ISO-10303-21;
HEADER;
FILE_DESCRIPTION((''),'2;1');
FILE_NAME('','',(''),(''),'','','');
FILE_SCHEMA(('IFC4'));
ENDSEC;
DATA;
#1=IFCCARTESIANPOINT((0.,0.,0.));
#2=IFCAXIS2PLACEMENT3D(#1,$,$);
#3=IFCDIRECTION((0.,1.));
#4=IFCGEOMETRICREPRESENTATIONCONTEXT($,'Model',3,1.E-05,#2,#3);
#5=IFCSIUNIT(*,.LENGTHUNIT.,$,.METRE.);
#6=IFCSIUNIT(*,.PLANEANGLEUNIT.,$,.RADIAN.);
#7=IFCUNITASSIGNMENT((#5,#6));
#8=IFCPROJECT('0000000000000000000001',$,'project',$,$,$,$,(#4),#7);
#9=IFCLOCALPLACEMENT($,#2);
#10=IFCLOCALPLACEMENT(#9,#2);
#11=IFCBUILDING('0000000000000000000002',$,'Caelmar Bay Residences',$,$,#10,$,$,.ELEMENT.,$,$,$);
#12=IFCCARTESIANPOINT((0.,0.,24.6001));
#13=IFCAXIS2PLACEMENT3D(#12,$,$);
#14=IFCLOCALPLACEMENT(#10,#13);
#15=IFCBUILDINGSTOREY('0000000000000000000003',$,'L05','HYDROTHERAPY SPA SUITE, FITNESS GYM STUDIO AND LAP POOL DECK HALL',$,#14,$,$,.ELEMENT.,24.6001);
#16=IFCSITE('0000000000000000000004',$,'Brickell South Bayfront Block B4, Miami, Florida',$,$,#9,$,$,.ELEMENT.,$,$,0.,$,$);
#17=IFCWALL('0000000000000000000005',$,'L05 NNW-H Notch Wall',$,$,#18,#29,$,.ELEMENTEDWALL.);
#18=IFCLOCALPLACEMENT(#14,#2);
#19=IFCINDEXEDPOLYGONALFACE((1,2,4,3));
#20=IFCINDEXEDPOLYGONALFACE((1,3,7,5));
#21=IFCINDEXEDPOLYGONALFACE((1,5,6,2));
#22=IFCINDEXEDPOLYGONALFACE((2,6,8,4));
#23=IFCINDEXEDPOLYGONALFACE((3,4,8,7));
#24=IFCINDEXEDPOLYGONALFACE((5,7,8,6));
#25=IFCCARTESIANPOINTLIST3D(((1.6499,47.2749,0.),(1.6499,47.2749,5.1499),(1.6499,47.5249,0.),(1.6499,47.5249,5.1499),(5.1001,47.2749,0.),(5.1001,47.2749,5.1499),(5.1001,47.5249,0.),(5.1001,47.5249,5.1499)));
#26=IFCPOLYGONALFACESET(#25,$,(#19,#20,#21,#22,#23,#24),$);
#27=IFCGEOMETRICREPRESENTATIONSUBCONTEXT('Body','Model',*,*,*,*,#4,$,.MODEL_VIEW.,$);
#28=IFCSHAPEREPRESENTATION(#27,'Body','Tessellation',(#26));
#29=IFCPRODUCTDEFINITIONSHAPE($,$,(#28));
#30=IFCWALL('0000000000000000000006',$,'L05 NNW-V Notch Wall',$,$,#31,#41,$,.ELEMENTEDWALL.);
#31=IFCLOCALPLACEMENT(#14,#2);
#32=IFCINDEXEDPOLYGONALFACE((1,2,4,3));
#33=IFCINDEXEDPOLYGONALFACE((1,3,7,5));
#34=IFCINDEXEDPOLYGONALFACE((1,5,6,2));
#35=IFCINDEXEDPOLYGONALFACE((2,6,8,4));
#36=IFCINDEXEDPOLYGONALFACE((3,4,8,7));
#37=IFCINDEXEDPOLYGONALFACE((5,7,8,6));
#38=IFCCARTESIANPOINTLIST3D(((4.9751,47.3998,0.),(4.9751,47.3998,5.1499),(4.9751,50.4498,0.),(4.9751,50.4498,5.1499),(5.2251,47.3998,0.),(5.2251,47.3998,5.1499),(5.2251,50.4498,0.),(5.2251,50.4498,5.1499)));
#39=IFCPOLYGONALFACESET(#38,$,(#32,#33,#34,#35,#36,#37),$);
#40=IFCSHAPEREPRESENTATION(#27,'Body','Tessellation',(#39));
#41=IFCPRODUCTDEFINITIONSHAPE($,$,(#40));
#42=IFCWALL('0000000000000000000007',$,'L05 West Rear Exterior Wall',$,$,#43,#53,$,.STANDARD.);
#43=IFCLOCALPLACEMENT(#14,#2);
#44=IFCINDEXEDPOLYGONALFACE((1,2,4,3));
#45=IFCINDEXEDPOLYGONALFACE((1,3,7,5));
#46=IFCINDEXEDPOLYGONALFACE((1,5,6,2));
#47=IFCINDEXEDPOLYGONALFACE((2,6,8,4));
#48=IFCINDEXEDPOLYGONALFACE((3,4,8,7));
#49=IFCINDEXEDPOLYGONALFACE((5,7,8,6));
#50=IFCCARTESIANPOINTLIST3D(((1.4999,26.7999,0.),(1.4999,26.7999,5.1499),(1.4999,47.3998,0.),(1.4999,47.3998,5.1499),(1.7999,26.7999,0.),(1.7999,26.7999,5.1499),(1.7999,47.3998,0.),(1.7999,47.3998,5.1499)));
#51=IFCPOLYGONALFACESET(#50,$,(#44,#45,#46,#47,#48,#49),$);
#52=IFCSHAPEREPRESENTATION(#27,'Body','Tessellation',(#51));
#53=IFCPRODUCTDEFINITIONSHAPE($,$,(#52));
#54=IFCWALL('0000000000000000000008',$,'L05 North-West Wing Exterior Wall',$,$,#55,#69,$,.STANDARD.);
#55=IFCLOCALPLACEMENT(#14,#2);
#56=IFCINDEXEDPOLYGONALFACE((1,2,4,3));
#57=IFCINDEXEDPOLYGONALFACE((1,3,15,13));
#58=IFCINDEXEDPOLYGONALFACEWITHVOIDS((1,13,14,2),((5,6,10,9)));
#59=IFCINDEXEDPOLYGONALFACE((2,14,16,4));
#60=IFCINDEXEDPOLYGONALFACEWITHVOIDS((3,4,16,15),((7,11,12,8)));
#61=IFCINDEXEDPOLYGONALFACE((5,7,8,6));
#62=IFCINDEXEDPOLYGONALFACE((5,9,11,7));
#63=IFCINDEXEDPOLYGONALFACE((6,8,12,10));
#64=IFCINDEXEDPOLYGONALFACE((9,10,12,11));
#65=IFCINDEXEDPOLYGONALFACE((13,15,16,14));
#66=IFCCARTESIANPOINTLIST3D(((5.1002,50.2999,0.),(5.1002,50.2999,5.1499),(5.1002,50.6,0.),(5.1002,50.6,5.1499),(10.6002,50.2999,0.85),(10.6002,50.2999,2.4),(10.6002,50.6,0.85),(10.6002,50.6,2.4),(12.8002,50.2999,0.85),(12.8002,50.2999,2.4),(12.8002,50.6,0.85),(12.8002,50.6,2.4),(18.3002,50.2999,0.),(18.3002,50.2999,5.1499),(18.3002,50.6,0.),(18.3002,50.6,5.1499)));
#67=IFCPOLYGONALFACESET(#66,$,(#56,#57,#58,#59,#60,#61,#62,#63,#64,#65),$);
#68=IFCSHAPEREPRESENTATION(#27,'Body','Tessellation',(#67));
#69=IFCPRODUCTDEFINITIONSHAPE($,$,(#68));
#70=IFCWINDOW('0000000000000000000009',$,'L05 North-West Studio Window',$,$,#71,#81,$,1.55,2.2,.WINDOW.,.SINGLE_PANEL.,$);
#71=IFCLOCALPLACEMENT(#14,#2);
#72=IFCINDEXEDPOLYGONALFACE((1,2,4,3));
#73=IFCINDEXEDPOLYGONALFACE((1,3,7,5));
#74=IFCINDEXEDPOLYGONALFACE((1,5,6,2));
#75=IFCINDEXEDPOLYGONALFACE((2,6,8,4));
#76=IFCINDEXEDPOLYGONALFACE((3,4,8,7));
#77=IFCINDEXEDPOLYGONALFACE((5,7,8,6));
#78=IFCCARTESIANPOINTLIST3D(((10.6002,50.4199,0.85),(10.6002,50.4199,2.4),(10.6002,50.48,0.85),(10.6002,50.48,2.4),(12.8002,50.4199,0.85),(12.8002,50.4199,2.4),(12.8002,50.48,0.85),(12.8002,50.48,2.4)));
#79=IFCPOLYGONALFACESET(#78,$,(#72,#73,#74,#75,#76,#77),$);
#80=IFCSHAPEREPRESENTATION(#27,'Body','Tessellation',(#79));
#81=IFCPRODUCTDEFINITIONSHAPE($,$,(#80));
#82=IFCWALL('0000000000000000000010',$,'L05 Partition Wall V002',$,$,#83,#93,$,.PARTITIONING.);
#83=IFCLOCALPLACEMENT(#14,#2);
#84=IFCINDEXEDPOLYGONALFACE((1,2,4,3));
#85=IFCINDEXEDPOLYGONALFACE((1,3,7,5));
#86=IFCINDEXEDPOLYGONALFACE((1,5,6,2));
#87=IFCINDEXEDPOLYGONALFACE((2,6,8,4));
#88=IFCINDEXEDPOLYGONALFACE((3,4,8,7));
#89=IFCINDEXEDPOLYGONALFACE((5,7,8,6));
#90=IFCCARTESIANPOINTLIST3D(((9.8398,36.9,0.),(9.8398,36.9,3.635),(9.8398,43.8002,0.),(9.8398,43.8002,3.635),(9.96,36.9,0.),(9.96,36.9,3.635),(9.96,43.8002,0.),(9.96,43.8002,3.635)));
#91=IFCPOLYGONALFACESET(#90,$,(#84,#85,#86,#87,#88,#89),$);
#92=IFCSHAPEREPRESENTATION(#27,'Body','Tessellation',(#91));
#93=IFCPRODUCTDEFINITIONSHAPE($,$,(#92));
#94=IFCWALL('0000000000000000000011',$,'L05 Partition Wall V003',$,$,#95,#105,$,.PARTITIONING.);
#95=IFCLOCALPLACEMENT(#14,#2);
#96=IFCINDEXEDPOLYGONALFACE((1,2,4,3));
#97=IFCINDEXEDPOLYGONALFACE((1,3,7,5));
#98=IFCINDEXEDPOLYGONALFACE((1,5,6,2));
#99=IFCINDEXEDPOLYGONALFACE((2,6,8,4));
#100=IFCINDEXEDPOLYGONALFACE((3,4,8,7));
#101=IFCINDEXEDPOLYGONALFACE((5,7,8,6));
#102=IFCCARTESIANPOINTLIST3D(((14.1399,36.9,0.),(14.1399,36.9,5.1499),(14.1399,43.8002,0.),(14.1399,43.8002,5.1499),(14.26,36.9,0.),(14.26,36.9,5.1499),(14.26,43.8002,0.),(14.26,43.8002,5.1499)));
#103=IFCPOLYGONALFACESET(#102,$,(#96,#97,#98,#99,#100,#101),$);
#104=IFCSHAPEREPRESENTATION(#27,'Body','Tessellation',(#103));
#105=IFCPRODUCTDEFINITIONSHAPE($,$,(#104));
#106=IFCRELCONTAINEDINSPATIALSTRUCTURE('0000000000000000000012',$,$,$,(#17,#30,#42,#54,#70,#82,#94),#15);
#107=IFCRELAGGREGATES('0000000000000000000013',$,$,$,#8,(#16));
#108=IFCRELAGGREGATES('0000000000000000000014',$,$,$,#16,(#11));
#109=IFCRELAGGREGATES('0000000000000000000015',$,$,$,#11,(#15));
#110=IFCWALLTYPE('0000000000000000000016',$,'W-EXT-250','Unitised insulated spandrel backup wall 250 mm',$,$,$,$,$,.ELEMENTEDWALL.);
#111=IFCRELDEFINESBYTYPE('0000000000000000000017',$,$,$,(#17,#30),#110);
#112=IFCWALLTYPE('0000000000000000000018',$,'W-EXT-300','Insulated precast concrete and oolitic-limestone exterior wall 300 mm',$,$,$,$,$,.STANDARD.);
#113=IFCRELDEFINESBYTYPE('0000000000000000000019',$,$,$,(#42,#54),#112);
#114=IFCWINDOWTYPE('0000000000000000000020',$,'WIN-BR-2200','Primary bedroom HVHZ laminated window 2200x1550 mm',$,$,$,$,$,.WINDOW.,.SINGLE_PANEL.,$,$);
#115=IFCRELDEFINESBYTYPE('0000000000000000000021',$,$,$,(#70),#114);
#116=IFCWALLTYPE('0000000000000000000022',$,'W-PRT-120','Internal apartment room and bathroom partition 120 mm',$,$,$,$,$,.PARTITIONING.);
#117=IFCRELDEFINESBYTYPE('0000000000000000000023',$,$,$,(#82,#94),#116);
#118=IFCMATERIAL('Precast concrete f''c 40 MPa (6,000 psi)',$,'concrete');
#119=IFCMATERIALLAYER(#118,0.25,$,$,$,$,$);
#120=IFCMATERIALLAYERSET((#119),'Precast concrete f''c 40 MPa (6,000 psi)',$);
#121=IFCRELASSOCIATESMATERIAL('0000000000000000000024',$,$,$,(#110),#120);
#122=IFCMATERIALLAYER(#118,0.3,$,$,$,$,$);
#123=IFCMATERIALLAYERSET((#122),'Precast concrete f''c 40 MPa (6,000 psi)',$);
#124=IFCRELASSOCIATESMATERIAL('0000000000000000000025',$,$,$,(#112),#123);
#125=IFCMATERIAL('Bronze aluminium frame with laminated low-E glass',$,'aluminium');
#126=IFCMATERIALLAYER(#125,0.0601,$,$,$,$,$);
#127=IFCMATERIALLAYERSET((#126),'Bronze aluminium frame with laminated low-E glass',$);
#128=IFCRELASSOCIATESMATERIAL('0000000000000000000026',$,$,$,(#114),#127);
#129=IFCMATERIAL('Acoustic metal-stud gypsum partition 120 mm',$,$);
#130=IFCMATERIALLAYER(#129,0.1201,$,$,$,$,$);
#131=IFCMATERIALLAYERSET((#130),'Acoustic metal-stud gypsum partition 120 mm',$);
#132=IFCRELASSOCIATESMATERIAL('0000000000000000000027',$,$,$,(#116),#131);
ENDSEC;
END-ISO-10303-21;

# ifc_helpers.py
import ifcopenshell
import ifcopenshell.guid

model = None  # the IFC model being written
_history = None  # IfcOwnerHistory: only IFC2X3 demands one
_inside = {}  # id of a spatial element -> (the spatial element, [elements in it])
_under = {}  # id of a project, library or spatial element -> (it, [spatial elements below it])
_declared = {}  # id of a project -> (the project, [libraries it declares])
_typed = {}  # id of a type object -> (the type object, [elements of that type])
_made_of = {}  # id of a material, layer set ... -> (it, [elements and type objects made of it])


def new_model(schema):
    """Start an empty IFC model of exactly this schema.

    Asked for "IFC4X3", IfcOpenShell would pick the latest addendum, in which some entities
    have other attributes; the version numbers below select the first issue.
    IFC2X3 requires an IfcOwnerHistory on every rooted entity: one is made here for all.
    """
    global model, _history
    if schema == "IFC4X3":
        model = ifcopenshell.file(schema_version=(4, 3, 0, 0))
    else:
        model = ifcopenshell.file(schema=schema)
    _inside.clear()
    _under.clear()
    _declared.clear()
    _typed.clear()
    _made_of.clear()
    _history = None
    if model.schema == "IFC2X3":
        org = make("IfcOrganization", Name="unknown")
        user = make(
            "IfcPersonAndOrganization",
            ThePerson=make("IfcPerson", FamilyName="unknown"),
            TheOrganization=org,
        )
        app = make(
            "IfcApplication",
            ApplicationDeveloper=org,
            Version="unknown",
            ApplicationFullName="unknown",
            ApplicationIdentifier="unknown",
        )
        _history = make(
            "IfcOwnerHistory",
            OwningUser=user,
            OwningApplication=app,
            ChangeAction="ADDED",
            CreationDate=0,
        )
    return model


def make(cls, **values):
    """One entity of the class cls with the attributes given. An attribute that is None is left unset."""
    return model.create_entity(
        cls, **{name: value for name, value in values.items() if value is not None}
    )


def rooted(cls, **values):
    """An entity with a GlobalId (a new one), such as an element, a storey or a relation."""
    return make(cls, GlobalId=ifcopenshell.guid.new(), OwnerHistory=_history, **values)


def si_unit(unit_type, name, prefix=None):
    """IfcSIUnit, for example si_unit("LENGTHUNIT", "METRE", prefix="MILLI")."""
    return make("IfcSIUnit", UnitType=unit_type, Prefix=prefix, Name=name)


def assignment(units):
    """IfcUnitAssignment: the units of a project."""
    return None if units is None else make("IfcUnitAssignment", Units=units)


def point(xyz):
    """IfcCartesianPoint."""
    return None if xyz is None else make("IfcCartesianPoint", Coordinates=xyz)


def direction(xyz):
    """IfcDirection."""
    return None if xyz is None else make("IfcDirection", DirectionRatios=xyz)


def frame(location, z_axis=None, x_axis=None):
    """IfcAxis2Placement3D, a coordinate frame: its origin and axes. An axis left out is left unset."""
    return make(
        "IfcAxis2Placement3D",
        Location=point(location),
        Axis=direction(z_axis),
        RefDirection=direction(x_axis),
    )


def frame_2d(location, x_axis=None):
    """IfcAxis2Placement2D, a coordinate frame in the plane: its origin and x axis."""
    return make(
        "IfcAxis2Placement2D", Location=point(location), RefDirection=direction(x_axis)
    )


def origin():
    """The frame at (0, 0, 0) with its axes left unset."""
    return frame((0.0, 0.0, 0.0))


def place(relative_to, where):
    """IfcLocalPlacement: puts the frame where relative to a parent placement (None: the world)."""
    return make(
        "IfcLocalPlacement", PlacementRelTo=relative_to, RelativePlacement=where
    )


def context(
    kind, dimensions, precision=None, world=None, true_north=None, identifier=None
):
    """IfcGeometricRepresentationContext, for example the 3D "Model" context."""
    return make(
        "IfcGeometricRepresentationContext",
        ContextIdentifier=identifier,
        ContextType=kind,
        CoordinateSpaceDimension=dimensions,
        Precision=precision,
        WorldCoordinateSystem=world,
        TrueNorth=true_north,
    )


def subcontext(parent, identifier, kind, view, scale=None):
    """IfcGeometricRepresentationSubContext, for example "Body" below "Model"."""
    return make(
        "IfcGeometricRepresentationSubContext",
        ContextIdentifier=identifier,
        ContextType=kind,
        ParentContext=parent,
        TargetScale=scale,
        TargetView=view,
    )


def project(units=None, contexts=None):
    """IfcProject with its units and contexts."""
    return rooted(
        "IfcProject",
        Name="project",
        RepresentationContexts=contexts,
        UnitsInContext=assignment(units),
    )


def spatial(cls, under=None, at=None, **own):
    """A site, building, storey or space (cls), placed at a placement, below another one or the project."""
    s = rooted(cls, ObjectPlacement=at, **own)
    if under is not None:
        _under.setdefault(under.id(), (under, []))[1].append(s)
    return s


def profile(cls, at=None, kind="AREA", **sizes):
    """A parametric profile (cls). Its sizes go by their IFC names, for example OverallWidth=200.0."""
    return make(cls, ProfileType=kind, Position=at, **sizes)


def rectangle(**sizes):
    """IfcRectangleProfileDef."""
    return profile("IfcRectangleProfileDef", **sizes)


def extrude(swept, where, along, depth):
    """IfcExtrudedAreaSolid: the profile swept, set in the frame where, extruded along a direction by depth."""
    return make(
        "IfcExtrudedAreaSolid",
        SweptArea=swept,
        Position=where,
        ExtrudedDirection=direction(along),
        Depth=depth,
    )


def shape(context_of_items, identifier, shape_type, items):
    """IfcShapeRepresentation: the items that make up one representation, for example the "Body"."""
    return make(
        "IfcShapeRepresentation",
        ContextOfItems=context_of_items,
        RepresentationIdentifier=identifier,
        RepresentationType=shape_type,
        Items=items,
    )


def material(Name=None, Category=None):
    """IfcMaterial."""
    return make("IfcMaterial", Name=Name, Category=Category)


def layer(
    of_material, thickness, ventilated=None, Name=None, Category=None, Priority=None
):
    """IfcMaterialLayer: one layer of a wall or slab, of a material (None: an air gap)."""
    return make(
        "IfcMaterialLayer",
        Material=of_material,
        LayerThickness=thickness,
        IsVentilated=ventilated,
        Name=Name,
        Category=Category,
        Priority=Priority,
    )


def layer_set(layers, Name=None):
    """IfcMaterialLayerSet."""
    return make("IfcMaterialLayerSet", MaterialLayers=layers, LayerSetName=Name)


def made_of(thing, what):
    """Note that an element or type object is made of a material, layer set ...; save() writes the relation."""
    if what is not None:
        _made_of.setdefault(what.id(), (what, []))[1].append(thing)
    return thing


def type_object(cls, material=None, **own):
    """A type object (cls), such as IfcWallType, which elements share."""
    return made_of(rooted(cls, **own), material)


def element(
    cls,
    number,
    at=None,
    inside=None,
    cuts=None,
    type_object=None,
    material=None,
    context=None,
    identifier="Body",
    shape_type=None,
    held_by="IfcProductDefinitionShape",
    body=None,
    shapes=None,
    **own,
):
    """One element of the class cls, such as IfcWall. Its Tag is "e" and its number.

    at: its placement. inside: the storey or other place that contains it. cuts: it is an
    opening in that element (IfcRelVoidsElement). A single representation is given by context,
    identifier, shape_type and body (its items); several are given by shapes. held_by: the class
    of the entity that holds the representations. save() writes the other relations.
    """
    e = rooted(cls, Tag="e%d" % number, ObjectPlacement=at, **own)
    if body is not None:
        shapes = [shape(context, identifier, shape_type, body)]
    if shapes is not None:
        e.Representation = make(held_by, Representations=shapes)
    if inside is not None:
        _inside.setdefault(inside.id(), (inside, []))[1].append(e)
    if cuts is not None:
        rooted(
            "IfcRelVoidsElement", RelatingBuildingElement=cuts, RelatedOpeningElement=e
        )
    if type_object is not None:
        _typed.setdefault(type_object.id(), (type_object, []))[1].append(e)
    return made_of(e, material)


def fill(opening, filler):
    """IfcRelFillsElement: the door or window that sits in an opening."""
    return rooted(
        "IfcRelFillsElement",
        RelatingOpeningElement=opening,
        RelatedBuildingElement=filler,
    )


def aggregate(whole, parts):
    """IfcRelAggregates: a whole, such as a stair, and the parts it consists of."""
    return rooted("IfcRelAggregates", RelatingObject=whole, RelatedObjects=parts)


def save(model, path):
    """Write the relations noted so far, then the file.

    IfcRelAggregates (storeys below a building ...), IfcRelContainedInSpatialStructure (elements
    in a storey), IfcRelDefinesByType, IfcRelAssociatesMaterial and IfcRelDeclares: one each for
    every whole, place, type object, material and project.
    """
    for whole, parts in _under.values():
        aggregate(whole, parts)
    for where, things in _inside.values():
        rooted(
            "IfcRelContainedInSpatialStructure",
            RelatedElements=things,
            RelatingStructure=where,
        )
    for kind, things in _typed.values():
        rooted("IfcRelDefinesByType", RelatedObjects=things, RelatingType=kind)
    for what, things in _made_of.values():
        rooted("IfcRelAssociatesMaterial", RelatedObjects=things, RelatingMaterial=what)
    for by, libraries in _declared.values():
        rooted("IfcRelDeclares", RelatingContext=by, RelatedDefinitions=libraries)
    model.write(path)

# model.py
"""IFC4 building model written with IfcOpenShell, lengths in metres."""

from ifc_helpers import new_model, si_unit, direction, frame, frame_2d, origin, place, context, subcontext, project, spatial, rectangle, extrude, material, layer, layer_set, type_object, element, fill, save


model = new_model("IFC4")

# Units and contexts
model_context = context("Model", 3, precision=1e-05, world=origin(), true_north=direction((0.0, 1.0)))
body_context = subcontext(model_context, "Body", "Model", "MODEL_VIEW")
ifc_project = project(units=[si_unit("LENGTHUNIT", "METRE"), si_unit("PLANEANGLEUNIT", "RADIAN")], contexts=[model_context])

# Site, building, storey
site_placement = place(None, origin())
site = spatial("IfcSite", under=ifc_project, at=site_placement, Name="Brickell South Bayfront Block B4, Miami, Florida", CompositionType="ELEMENT", RefElevation=0.0)
building_placement = place(site_placement, origin())
building = spatial("IfcBuilding", under=site, at=building_placement, Name="Caelmar Bay Residences", CompositionType="ELEMENT")
storey_placement = place(building_placement, frame((0.0, 0.0, 24.6001)))
storey = spatial("IfcBuildingStorey", under=building, at=storey_placement, Name="L05", Description="HYDROTHERAPY SPA SUITE, FITNESS GYM STUDIO AND LAP POOL DECK HALL", CompositionType="ELEMENT", Elevation=24.6001)

# Walls
ifc_material_1 = material(Name="Precast concrete f'c 40 MPa (6,000 psi)", Category="concrete")
ifc_layer_1 = layer(ifc_material_1, 0.25)
ifc_layer_set_1 = layer_set([ifc_layer_1], Name="Precast concrete f'c 40 MPa (6,000 psi)")
wall_type_1 = type_object("IfcWallType", Name="W-EXT-250", Description="Unitised insulated spandrel backup wall 250 mm", PredefinedType="ELEMENTEDWALL", material=ifc_layer_set_1)
wall_1_placement = place(storey_placement, frame((1.6499, 47.3999, 0.0), z_axis=(0.0, 0.0, 1.0), x_axis=(1.0, 0.0, 0.0)))
element("IfcWall", 1, at=wall_1_placement, inside=storey, type_object=wall_type_1, Name="L05 NNW-H Notch Wall", PredefinedType="ELEMENTEDWALL", context=body_context, shape_type="SweptSolid", body=[
    extrude(rectangle(XDim=3.4502, YDim=0.25, at=frame_2d((1.7251, 0.0))), origin(), (0.0, 0.0, 1.0), 5.1499),
])
wall_2_placement = place(storey_placement, frame((5.1001, 47.3999, 0.0), z_axis=(0.0, 0.0, 1.0), x_axis=(0.0, 1.0, 0.0)))
element("IfcWall", 2, at=wall_2_placement, inside=storey, type_object=wall_type_1, Name="L05 NNW-V Notch Wall", PredefinedType="ELEMENTEDWALL", context=body_context, shape_type="SweptSolid", body=[
    extrude(rectangle(XDim=3.05, YDim=0.25, at=frame_2d((1.5249, 0.0))), origin(), (0.0, 0.0, 1.0), 5.1499),
])
ifc_layer_2 = layer(ifc_material_1, 0.3)
ifc_layer_set_2 = layer_set([ifc_layer_2], Name="Precast concrete f'c 40 MPa (6,000 psi)")
wall_type_2 = type_object("IfcWallType", Name="W-EXT-300", Description="Insulated precast concrete and oolitic-limestone exterior wall 300 mm", PredefinedType="STANDARD", material=ifc_layer_set_2)
wall_3_placement = place(storey_placement, frame((1.6499, 26.8, 0.0), z_axis=(0.0, 0.0, 1.0), x_axis=(0.0, 1.0, 0.0)))
element("IfcWall", 3, at=wall_3_placement, inside=storey, type_object=wall_type_2, Name="L05 West Rear Exterior Wall", PredefinedType="STANDARD", context=body_context, shape_type="SweptSolid", body=[
    extrude(rectangle(XDim=20.5999, YDim=0.3, at=frame_2d((10.2998, 0.0))), origin(), (0.0, 0.0, 1.0), 5.1499),
])

# Wall, opening, window
wall_4_placement = place(storey_placement, frame((5.1001, 50.45, 0.0), z_axis=(0.0, 0.0, 1.0), x_axis=(1.0, 0.0, 0.0)))
wall_4 = element("IfcWall", 4, at=wall_4_placement, inside=storey, type_object=wall_type_2, Name="L05 North-West Wing Exterior Wall", PredefinedType="STANDARD", context=body_context, shape_type="SweptSolid", body=[
    extrude(rectangle(XDim=13.2, YDim=0.3, at=frame_2d((6.6001, 0.0))), origin(), (0.0, 0.0, 1.0), 5.1499),
])
opening_1_placement = place(wall_4_placement, frame((5.5, 0.0, 0.8501)))
opening_1 = element("IfcOpeningElement", 5, at=opening_1_placement, cuts=wall_4, PredefinedType="OPENING", context=body_context, shape_type="SweptSolid", body=[
    extrude(rectangle(XDim=2.2, YDim=1.55, at=frame_2d((1.1001, 0.7749))), frame((0.0, 0.1599, 0.0), z_axis=(0.0, -1.0, 0.0), x_axis=(1.0, 0.0, 0.0)), (0.0, 0.0, 1.0), 0.3201),
])
ifc_material_2 = material(Name="Bronze aluminium frame with laminated low-E glass", Category="aluminium")
ifc_layer_3 = layer(ifc_material_2, 0.0601)
ifc_layer_set_3 = layer_set([ifc_layer_3], Name="Bronze aluminium frame with laminated low-E glass")
window_type = type_object("IfcWindowType", Name="WIN-BR-2200", Description="Primary bedroom HVHZ laminated window 2200x1550 mm", PartitioningType="SINGLE_PANEL", PredefinedType="WINDOW", material=ifc_layer_set_3)
window_placement = place(opening_1_placement, origin())
window = element("IfcWindow", 6, at=window_placement, inside=storey, type_object=window_type, Name="L05 North-West Studio Window", OverallHeight=1.55, OverallWidth=2.2, PartitioningType="SINGLE_PANEL", PredefinedType="WINDOW", context=body_context, shape_type="SweptSolid", body=[
    extrude(rectangle(XDim=2.2, YDim=1.55, at=frame_2d((1.1001, 0.7749))), frame((0.0, 0.03, 0.0), z_axis=(0.0, -1.0, 0.0), x_axis=(1.0, 0.0, 0.0)), (0.0, 0.0, 1.0), 0.0601),
])
fill(opening_1, window)

# Walls
ifc_material_3 = material(Name="Acoustic metal-stud gypsum partition 120 mm")
ifc_layer_4 = layer(ifc_material_3, 0.1201)
ifc_layer_set_4 = layer_set([ifc_layer_4], Name="Acoustic metal-stud gypsum partition 120 mm")
wall_type_3 = type_object("IfcWallType", Name="W-PRT-120", Description="Internal apartment room and bathroom partition 120 mm", PredefinedType="PARTITIONING", material=ifc_layer_set_4)
wall_5_placement = place(storey_placement, frame((9.8999, 36.8999, 0.0), z_axis=(0.0, 0.0, 1.0), x_axis=(0.0, 1.0, 0.0)))
element("IfcWall", 7, at=wall_5_placement, inside=storey, type_object=wall_type_3, Name="L05 Partition Wall V002", PredefinedType="PARTITIONING", context=body_context, shape_type="SweptSolid", body=[
    extrude(rectangle(XDim=6.9001, YDim=0.1201, at=frame_2d((3.4502, 0.0))), origin(), (0.0, 0.0, 1.0), 3.635),
])
wall_6_placement = place(storey_placement, frame((14.2, 36.8999, 0.0), z_axis=(0.0, 0.0, 1.0), x_axis=(0.0, 1.0, 0.0)))
element("IfcWall", 8, at=wall_6_placement, inside=storey, type_object=wall_type_3, Name="L05 Partition Wall V003", PredefinedType="PARTITIONING", context=body_context, shape_type="SweptSolid", body=[
    extrude(rectangle(XDim=6.9001, YDim=0.1201, at=frame_2d((3.4502, 0.0))), origin(), (0.0, 0.0, 1.0), 5.1499),
])

save(model, "model.ifc")
